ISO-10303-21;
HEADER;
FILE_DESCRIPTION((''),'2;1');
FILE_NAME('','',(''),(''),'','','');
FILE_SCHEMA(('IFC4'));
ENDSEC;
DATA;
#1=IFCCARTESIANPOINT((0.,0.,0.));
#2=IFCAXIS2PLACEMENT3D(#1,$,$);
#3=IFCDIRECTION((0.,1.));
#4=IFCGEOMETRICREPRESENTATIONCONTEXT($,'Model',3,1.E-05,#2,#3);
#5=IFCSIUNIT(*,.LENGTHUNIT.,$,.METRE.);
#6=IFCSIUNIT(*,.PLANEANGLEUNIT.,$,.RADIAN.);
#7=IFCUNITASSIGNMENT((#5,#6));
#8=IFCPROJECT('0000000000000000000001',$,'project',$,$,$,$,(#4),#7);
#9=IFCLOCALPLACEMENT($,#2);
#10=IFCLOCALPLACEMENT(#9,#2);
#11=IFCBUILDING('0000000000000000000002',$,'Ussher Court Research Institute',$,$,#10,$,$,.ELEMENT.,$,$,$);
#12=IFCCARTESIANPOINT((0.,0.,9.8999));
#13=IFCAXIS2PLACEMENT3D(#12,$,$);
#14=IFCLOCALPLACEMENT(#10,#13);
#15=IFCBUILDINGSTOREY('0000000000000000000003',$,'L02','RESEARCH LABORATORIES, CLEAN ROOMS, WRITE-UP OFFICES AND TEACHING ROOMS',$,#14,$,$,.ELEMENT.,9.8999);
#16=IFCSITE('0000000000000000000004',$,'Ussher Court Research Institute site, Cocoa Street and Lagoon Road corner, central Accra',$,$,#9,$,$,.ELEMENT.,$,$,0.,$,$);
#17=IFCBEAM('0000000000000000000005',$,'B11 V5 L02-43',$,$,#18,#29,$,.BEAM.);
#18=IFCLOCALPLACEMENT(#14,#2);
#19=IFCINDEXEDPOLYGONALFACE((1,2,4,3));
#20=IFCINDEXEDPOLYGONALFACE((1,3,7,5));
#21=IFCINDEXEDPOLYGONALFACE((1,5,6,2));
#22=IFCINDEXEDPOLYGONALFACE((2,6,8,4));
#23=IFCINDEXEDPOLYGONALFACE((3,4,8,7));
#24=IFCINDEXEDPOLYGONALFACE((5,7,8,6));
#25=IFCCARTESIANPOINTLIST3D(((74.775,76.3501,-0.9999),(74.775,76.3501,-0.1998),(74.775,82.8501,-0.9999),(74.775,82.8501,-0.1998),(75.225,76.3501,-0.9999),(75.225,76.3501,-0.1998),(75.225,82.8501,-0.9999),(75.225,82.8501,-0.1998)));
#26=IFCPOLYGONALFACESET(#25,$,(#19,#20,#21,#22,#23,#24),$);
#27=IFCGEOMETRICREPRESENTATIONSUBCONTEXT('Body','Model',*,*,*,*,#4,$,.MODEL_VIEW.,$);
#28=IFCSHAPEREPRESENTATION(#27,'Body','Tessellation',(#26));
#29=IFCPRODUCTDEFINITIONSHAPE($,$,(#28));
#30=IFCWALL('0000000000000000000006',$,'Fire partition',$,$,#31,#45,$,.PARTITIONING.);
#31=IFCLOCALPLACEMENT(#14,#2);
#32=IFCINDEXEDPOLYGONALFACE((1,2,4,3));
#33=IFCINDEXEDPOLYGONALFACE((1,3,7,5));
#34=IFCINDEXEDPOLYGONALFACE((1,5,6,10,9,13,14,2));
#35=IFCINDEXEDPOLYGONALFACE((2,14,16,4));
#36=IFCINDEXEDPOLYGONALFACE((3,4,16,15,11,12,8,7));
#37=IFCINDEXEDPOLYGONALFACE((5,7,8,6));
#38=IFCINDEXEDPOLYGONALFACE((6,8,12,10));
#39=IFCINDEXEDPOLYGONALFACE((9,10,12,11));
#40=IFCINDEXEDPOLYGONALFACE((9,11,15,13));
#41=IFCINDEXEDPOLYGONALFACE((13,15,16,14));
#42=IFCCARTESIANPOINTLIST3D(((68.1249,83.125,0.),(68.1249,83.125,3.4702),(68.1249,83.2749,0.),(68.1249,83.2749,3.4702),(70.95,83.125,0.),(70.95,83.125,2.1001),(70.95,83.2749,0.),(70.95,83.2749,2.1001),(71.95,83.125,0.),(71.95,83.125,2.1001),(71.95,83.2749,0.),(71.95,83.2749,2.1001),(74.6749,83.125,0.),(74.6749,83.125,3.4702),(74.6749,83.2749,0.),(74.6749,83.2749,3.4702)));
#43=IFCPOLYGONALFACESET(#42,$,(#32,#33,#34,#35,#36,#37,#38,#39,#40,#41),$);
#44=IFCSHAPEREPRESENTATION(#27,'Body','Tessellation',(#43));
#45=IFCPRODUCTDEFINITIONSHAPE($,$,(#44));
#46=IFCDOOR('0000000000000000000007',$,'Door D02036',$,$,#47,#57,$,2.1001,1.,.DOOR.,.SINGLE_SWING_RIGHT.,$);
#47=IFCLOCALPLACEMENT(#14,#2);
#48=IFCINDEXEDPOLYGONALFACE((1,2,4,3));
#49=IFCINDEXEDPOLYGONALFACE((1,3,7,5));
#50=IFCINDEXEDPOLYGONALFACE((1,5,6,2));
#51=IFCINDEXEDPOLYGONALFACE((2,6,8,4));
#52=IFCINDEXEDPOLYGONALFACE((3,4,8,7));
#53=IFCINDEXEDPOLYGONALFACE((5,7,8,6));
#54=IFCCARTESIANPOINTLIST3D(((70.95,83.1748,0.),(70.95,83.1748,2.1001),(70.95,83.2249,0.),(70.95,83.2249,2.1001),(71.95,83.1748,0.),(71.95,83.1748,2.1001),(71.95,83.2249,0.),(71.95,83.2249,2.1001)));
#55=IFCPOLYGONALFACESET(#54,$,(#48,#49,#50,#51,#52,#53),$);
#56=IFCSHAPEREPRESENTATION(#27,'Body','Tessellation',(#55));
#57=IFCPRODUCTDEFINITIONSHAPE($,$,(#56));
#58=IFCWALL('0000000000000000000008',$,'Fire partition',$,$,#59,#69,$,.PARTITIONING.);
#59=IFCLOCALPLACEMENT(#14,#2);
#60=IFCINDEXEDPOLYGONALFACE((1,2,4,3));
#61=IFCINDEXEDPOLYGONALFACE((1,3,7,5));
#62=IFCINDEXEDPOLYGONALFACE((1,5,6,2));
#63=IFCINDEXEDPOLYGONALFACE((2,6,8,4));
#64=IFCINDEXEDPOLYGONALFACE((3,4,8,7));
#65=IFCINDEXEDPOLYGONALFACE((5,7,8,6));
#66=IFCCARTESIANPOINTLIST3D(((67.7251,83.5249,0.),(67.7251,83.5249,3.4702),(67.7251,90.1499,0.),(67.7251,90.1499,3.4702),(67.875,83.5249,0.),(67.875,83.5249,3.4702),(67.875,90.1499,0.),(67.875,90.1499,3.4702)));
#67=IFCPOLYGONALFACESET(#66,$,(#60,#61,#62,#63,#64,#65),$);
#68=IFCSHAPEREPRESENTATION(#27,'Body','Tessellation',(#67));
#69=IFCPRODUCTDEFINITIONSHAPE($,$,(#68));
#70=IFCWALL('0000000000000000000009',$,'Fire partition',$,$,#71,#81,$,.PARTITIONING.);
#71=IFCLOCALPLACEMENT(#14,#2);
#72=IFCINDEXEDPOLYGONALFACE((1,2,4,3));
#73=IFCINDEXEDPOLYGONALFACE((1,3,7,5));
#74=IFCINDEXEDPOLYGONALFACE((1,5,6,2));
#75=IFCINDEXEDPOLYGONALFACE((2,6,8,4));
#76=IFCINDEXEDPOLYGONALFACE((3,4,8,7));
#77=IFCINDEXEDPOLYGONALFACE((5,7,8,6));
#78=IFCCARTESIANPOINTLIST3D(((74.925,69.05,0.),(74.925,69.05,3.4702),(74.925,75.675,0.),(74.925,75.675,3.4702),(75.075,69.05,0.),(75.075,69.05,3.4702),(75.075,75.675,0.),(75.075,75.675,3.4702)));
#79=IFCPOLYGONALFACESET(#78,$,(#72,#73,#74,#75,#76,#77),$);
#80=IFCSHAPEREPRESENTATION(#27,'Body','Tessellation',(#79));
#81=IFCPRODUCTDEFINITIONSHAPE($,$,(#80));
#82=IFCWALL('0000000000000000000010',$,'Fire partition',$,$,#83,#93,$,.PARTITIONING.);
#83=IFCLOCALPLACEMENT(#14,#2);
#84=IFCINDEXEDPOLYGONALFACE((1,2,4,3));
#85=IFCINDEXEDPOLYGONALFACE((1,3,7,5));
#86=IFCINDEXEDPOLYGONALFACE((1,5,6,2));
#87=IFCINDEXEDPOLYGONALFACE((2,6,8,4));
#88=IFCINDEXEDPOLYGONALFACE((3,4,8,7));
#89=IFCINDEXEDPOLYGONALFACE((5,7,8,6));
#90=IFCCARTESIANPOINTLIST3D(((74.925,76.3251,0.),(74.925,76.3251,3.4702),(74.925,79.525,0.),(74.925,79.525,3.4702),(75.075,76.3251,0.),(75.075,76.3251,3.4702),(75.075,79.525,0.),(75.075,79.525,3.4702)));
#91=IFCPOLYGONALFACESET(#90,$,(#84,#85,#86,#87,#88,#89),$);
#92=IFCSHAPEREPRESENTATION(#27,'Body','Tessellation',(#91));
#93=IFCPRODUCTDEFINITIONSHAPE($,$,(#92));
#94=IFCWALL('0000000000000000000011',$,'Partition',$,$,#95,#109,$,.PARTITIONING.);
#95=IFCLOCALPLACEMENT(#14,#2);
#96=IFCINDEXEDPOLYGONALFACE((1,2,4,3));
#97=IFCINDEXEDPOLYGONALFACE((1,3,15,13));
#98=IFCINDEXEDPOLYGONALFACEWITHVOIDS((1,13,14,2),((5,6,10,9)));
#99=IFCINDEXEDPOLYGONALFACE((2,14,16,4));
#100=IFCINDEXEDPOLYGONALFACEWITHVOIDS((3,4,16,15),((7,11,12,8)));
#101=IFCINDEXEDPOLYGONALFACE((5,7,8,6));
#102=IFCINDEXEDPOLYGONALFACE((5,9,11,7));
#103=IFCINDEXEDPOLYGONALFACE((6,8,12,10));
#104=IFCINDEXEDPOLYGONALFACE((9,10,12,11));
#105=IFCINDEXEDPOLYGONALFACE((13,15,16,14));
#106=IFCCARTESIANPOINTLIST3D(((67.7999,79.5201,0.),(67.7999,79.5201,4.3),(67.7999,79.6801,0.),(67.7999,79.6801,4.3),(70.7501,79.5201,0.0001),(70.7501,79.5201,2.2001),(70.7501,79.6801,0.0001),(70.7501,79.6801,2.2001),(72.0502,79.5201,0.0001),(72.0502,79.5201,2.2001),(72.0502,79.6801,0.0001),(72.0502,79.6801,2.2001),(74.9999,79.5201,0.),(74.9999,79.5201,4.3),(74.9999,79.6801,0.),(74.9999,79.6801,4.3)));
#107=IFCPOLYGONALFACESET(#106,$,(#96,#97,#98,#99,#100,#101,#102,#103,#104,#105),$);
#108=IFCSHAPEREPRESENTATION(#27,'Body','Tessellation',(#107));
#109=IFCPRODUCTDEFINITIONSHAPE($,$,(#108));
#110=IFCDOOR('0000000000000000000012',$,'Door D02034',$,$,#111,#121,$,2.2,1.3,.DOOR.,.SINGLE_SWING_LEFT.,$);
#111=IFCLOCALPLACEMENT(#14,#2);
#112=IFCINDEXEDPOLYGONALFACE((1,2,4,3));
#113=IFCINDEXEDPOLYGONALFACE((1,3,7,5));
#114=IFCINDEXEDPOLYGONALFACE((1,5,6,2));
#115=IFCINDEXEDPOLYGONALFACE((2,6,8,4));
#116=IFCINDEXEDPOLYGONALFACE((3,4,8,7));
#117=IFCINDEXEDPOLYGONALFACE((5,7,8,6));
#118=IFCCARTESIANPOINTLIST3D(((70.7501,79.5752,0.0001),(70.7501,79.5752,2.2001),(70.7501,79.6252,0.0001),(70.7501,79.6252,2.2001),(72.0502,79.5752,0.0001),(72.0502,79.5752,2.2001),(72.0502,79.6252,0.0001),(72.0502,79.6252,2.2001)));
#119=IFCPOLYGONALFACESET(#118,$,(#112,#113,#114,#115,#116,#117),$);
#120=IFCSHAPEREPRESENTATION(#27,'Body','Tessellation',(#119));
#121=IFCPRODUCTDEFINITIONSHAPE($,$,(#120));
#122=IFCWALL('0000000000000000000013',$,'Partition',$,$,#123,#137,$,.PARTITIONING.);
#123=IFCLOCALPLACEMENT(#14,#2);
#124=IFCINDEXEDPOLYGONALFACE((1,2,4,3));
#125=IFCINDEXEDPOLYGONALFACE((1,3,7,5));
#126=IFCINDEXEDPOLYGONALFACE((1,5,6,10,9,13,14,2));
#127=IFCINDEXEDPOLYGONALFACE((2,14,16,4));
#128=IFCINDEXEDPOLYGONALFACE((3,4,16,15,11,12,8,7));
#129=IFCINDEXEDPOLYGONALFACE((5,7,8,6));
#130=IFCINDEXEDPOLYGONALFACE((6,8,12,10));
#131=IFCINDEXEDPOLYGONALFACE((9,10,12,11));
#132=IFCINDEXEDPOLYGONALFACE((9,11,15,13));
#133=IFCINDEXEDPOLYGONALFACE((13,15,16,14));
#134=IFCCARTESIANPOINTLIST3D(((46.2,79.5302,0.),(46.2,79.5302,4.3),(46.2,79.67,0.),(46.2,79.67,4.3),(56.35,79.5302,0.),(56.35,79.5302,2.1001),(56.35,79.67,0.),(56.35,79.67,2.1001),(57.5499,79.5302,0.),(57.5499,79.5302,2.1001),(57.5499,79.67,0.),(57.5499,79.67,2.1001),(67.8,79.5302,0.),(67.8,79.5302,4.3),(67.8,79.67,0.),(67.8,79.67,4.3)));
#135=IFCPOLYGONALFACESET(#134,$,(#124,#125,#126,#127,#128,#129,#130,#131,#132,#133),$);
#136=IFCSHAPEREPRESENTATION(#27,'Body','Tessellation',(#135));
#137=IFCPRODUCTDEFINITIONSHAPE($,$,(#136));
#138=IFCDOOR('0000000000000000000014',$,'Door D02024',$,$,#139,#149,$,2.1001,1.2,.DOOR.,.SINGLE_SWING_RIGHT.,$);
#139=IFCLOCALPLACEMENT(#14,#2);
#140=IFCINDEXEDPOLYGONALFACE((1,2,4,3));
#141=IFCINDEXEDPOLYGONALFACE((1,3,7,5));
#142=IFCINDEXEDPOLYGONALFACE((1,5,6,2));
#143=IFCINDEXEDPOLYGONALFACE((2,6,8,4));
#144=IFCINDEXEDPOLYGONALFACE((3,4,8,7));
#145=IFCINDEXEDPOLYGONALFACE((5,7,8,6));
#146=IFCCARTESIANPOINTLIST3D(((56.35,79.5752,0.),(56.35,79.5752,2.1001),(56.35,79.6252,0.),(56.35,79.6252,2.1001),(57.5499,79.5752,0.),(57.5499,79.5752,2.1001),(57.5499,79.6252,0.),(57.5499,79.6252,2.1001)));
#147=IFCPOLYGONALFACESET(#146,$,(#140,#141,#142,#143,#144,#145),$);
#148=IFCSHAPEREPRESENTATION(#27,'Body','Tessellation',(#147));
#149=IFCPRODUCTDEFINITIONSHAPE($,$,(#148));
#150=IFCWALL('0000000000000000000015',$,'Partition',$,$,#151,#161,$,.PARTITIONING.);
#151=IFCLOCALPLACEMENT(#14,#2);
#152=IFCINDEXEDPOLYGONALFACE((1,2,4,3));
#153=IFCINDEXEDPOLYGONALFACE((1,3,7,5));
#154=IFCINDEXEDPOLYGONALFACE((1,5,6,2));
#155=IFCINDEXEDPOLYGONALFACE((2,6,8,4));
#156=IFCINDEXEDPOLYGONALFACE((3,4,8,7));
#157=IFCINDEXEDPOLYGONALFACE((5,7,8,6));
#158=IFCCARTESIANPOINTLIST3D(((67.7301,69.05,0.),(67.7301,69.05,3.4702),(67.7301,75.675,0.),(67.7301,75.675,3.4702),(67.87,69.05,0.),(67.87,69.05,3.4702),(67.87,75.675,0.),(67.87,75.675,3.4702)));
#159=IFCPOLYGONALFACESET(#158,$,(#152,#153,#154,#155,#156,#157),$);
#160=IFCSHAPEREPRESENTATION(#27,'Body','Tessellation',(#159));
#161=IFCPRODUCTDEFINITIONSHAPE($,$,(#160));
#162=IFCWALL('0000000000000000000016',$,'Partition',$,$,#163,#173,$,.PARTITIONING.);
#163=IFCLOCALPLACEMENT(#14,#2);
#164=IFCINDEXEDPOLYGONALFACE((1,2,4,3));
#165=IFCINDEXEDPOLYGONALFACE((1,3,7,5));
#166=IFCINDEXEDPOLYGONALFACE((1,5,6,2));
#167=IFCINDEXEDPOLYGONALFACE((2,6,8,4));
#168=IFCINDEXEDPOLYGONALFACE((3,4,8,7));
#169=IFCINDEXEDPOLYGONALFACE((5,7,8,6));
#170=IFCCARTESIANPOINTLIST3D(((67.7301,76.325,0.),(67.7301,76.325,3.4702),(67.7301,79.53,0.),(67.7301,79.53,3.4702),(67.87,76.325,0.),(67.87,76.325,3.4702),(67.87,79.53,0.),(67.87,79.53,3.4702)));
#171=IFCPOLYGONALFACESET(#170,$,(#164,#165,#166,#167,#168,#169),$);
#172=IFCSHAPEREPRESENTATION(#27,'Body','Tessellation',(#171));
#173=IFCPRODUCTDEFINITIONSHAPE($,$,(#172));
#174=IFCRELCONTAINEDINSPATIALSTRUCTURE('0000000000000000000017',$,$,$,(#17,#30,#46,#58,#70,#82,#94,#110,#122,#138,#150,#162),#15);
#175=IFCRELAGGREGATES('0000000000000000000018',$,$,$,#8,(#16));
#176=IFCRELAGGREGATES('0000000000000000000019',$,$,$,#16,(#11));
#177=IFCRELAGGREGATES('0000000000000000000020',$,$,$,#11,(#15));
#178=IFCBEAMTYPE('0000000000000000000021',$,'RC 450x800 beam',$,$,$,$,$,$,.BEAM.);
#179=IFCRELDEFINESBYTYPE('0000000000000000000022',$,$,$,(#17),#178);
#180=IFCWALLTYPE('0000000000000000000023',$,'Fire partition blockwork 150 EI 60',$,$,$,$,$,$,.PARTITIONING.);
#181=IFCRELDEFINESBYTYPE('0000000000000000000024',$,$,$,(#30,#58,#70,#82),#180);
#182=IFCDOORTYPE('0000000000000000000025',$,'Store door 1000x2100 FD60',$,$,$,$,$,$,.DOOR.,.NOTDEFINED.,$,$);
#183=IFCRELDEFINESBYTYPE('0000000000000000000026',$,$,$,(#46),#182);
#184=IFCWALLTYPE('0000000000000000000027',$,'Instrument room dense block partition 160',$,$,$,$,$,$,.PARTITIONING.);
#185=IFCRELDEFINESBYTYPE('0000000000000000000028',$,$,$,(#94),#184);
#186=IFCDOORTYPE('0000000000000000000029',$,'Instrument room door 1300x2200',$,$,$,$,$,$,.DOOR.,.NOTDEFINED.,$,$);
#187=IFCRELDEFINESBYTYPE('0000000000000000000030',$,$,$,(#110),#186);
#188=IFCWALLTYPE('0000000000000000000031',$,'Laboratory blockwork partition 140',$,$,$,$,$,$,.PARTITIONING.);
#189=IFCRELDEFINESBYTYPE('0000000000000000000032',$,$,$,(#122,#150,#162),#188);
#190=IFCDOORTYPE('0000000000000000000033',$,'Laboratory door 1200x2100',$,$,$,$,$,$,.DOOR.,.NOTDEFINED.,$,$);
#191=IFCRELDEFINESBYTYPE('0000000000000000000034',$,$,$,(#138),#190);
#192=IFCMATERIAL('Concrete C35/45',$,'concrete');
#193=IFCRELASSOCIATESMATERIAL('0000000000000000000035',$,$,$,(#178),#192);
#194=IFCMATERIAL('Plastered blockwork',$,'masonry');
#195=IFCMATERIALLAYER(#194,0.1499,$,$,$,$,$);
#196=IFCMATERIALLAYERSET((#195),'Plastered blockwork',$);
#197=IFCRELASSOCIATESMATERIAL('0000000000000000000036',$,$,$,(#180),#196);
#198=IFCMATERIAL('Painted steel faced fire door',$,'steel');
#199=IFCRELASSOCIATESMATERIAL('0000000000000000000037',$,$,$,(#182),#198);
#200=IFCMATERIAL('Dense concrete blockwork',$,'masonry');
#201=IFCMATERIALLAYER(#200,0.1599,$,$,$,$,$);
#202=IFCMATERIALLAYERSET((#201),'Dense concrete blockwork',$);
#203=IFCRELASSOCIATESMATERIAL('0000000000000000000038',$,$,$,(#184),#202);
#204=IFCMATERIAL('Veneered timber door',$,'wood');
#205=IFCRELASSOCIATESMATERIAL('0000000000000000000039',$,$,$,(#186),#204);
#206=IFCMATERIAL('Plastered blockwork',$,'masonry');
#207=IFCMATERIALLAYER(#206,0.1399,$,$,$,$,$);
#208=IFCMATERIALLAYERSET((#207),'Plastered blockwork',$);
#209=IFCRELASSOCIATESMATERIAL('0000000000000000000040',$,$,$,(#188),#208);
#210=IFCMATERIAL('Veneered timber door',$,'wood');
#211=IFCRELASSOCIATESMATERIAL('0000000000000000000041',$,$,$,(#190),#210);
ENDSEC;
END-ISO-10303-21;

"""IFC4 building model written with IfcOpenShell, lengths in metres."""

from ifc_helpers import new_model, si_unit, direction, frame, frame_2d, origin, origin_2d, place, context, subcontext, project, spatial, rectangle, extrude, material, layer, layer_set, material_profile, profile_set, type_object, element, fill, save


model = new_model("IFC4")

# Units and contexts
model_context = context("Model", 3, precision=1e-05, world=origin(), true_north=direction((0.0, 1.0)))
body_context = subcontext(model_context, "Body", "Model", "MODEL_VIEW")
ifc_project = project(units=[si_unit("LENGTHUNIT", "METRE"), si_unit("PLANEANGLEUNIT", "RADIAN")], contexts=[model_context])

# Site, building, storey
site_placement = place(None, origin())
site = spatial("IfcSite", under=ifc_project, at=site_placement, Name="Ussher Court Research Institute site, Cocoa Street and Lagoon Road corner, central Accra", CompositionType="ELEMENT", RefElevation=0.0)
building_placement = place(site_placement, origin())
building = spatial("IfcBuilding", under=site, at=building_placement, Name="Ussher Court Research Institute", CompositionType="ELEMENT")
storey_placement = place(building_placement, frame((0.0, 0.0, 9.8999)))
storey = spatial("IfcBuildingStorey", under=building, at=storey_placement, Name="L02", Description="RESEARCH LABORATORIES, CLEAN ROOMS, WRITE-UP OFFICES AND TEACHING ROOMS", CompositionType="ELEMENT", Elevation=9.8999)

# Beam
ifc_material_1 = material(Name="Concrete C35/45", Category="concrete")
ifc_material_profile_1 = material_profile(ifc_material_1, rectangle(XDim=0.45, YDim=0.8, at=origin_2d()), Name="RC 450x800")
ifc_profile_set_1 = profile_set([ifc_material_profile_1], Name="Concrete C35/45")
beam_type_1 = type_object("IfcBeamType", Name="RC 450x800 beam", PredefinedType="BEAM", material=ifc_profile_set_1)
beam_1_placement = place(storey_placement, frame((75.0, 76.3501, -0.5999), z_axis=(0.0, 1.0, 0.0), x_axis=(-1.0, 0.0, 0.0)))
element("IfcBeam", 1, at=beam_1_placement, inside=storey, type_object=beam_type_1, Name="B11 V5 L02-43", PredefinedType="BEAM", context=body_context, shape_type="SweptSolid", body=[
    extrude(rectangle(XDim=0.45, YDim=0.8, at=origin_2d()), origin(), (0.0, 0.0, 1.0), 6.5),
])

# Wall, opening, door
ifc_material_2 = material(Name="Plastered blockwork", Category="masonry")
ifc_layer_1 = layer(ifc_material_2, 0.1499)
ifc_layer_set_1 = layer_set([ifc_layer_1], Name="Plastered blockwork")
wall_type_1 = type_object("IfcWallType", Name="Fire partition blockwork 150 EI 60", PredefinedType="PARTITIONING", material=ifc_layer_set_1)
wall_1_placement = place(storey_placement, frame((68.125, 83.2, 0.0), z_axis=(0.0, 0.0, 1.0), x_axis=(1.0, 0.0, 0.0)))
wall_1 = element("IfcWall", 2, at=wall_1_placement, inside=storey, type_object=wall_type_1, Name="Fire partition", PredefinedType="PARTITIONING", context=body_context, shape_type="SweptSolid", body=[
    extrude(rectangle(XDim=6.55, YDim=0.1499, at=frame_2d((3.2749, 0.0))), origin(), (0.0, 0.0, 1.0), 3.4702),
])
opening_1_placement = place(wall_1_placement, frame((2.825, 0.0, 0.0)))
opening_1 = element("IfcOpeningElement", 3, at=opening_1_placement, cuts=wall_1, PredefinedType="OPENING", context=body_context, shape_type="SweptSolid", body=[
    extrude(rectangle(XDim=1.0, YDim=2.1001, at=frame_2d((0.5, 1.05))), frame((0.0, 0.085, 0.0), z_axis=(0.0, -1.0, 0.0), x_axis=(1.0, 0.0, 0.0)), (0.0, 0.0, 1.0), 0.1699),
])
ifc_material_3 = material(Name="Painted steel faced fire door", Category="steel")
door_type_1 = type_object("IfcDoorType", Name="Store door 1000x2100 FD60", OperationType="NOTDEFINED", PredefinedType="DOOR", material=ifc_material_3)
door_1_placement = place(opening_1_placement, origin())
door_1 = element("IfcDoor", 4, at=door_1_placement, inside=storey, type_object=door_type_1, Name="Door D02036", OperationType="SINGLE_SWING_RIGHT", OverallHeight=2.1001, OverallWidth=1.0, PredefinedType="DOOR", context=body_context, shape_type="SweptSolid", body=[
    extrude(rectangle(XDim=1.0, YDim=2.1001, at=frame_2d((0.5, 1.05))), frame((0.0, 0.0249, 0.0), z_axis=(0.0, -1.0, 0.0), x_axis=(1.0, 0.0, 0.0)), (0.0, 0.0, 1.0), 0.05),
])
fill(opening_1, door_1)

# Walls
for number, where, z_axis, x_axis, name in (
    (5, (67.8, 83.5249, 0.0), (0.0, 0.0, 1.0), (0.0, 1.0, 0.0), "Fire partition"),
    (6, (75.0, 69.05, 0.0), (0.0, 0.0, 1.0), (0.0, 1.0, 0.0), "Fire partition"),
):
    element("IfcWall", number, at=place(storey_placement, frame(where, z_axis=z_axis, x_axis=x_axis)), inside=storey, type_object=wall_type_1, Name=name, PredefinedType="PARTITIONING", context=body_context, shape_type="SweptSolid", body=[
        extrude(rectangle(XDim=6.625, YDim=0.1499, at=frame_2d((3.3125, 0.0))), origin(), (0.0, 0.0, 1.0), 3.4702),
    ])
wall_2_placement = place(storey_placement, frame((75.0, 76.325, 0.0), z_axis=(0.0, 0.0, 1.0), x_axis=(0.0, 1.0, 0.0)))
element("IfcWall", 7, at=wall_2_placement, inside=storey, type_object=wall_type_1, Name="Fire partition", PredefinedType="PARTITIONING", context=body_context, shape_type="SweptSolid", body=[
    extrude(rectangle(XDim=3.2, YDim=0.1499, at=frame_2d((1.6001, 0.0))), origin(), (0.0, 0.0, 1.0), 3.4702),
])

# Walls, openings, doors
ifc_material_4 = material(Name="Dense concrete blockwork", Category="masonry")
ifc_layer_2 = layer(ifc_material_4, 0.1599)
ifc_layer_set_2 = layer_set([ifc_layer_2], Name="Dense concrete blockwork")
wall_type_2 = type_object("IfcWallType", Name="Instrument room dense block partition 160", PredefinedType="PARTITIONING", material=ifc_layer_set_2)
wall_3_placement = place(storey_placement, frame((75.0, 79.6001, 0.0), z_axis=(0.0, 0.0, 1.0), x_axis=(-1.0, 0.0, 0.0)))
wall_3 = element("IfcWall", 8, at=wall_3_placement, inside=storey, type_object=wall_type_2, Name="Partition", PredefinedType="PARTITIONING", context=body_context, shape_type="SweptSolid", body=[
    extrude(rectangle(XDim=7.2, YDim=0.1599, at=frame_2d((3.6001, 0.0))), origin(), (0.0, 0.0, 1.0), 4.3),
])
opening_2_placement = place(wall_3_placement, frame((2.95, 0.0, 0.0)))
opening_2 = element("IfcOpeningElement", 9, at=opening_2_placement, cuts=wall_3, PredefinedType="OPENING", context=body_context, shape_type="SweptSolid", body=[
    extrude(rectangle(XDim=1.3, YDim=2.2, at=frame_2d((0.6499, 1.1001))), frame((0.0, 0.0898, 0.0), z_axis=(0.0, -1.0, 0.0), x_axis=(1.0, 0.0, 0.0)), (0.0, 0.0, 1.0), 0.1799),
])
ifc_material_5 = material(Name="Veneered timber door", Category="wood")
door_type_2 = type_object("IfcDoorType", Name="Instrument room door 1300x2200", OperationType="NOTDEFINED", PredefinedType="DOOR", material=ifc_material_5)
door_2_placement = place(opening_2_placement, origin())
door_2 = element("IfcDoor", 10, at=door_2_placement, inside=storey, type_object=door_type_2, Name="Door D02034", OperationType="SINGLE_SWING_LEFT", OverallHeight=2.2, OverallWidth=1.3, PredefinedType="DOOR", context=body_context, shape_type="SweptSolid", body=[
    extrude(rectangle(XDim=1.3, YDim=2.2, at=frame_2d((0.6499, 1.1001))), frame((0.0, 0.0249, 0.0), z_axis=(0.0, -1.0, 0.0), x_axis=(1.0, 0.0, 0.0)), (0.0, 0.0, 1.0), 0.05),
])
fill(opening_2, door_2)
ifc_material_6 = material(Name="Plastered blockwork", Category="masonry")
ifc_layer_3 = layer(ifc_material_6, 0.1399)
ifc_layer_set_3 = layer_set([ifc_layer_3], Name="Plastered blockwork")
wall_type_3 = type_object("IfcWallType", Name="Laboratory blockwork partition 140", PredefinedType="PARTITIONING", material=ifc_layer_set_3)
wall_4_placement = place(storey_placement, frame((67.8, 79.6001, 0.0), z_axis=(0.0, 0.0, 1.0), x_axis=(-1.0, 0.0, 0.0)))
wall_4 = element("IfcWall", 11, at=wall_4_placement, inside=storey, type_object=wall_type_3, Name="Partition", PredefinedType="PARTITIONING", context=body_context, shape_type="SweptSolid", body=[
    extrude(rectangle(XDim=21.6001, YDim=0.1399, at=frame_2d((10.8, 0.0))), origin(), (0.0, 0.0, 1.0), 4.3),
])
opening_3_placement = place(wall_4_placement, frame((10.25, 0.0, 0.0)))
opening_3 = element("IfcOpeningElement", 12, at=opening_3_placement, cuts=wall_4, PredefinedType="OPENING", context=body_context, shape_type="SweptSolid", body=[
    extrude(rectangle(XDim=1.2, YDim=2.1001, at=frame_2d((0.6001, 1.05))), frame((0.0, 0.0801, 0.0), z_axis=(0.0, -1.0, 0.0), x_axis=(1.0, 0.0, 0.0)), (0.0, 0.0, 1.0), 0.1599),
])
ifc_material_7 = material(Name="Veneered timber door", Category="wood")
door_type_3 = type_object("IfcDoorType", Name="Laboratory door 1200x2100", OperationType="NOTDEFINED", PredefinedType="DOOR", material=ifc_material_7)
door_3_placement = place(opening_3_placement, origin())
door_3 = element("IfcDoor", 13, at=door_3_placement, inside=storey, type_object=door_type_3, Name="Door D02024", OperationType="SINGLE_SWING_RIGHT", OverallHeight=2.1001, OverallWidth=1.2, PredefinedType="DOOR", context=body_context, shape_type="SweptSolid", body=[
    extrude(rectangle(XDim=1.2, YDim=2.1001, at=frame_2d((0.6001, 1.05))), frame((0.0, 0.0249, 0.0), z_axis=(0.0, -1.0, 0.0), x_axis=(1.0, 0.0, 0.0)), (0.0, 0.0, 1.0), 0.05),
])
fill(opening_3, door_3)

# Walls
wall_5_placement = place(storey_placement, frame((67.8, 69.05, 0.0), z_axis=(0.0, 0.0, 1.0), x_axis=(0.0, 1.0, 0.0)))
element("IfcWall", 14, at=wall_5_placement, inside=storey, type_object=wall_type_3, Name="Partition", PredefinedType="PARTITIONING", context=body_context, shape_type="SweptSolid", body=[
    extrude(rectangle(XDim=6.625, YDim=0.1399, at=frame_2d((3.3125, 0.0))), origin(), (0.0, 0.0, 1.0), 3.4702),
])
wall_6_placement = place(storey_placement, frame((67.8, 76.325, 0.0), z_axis=(0.0, 0.0, 1.0), x_axis=(0.0, 1.0, 0.0)))
element("IfcWall", 15, at=wall_6_placement, inside=storey, type_object=wall_type_3, Name="Partition", PredefinedType="PARTITIONING", context=body_context, shape_type="SweptSolid", body=[
    extrude(rectangle(XDim=3.2051, YDim=0.1399, at=frame_2d((1.6025, 0.0))), origin(), (0.0, 0.0, 1.0), 3.4702),
])

save(model, "model.ifc")
